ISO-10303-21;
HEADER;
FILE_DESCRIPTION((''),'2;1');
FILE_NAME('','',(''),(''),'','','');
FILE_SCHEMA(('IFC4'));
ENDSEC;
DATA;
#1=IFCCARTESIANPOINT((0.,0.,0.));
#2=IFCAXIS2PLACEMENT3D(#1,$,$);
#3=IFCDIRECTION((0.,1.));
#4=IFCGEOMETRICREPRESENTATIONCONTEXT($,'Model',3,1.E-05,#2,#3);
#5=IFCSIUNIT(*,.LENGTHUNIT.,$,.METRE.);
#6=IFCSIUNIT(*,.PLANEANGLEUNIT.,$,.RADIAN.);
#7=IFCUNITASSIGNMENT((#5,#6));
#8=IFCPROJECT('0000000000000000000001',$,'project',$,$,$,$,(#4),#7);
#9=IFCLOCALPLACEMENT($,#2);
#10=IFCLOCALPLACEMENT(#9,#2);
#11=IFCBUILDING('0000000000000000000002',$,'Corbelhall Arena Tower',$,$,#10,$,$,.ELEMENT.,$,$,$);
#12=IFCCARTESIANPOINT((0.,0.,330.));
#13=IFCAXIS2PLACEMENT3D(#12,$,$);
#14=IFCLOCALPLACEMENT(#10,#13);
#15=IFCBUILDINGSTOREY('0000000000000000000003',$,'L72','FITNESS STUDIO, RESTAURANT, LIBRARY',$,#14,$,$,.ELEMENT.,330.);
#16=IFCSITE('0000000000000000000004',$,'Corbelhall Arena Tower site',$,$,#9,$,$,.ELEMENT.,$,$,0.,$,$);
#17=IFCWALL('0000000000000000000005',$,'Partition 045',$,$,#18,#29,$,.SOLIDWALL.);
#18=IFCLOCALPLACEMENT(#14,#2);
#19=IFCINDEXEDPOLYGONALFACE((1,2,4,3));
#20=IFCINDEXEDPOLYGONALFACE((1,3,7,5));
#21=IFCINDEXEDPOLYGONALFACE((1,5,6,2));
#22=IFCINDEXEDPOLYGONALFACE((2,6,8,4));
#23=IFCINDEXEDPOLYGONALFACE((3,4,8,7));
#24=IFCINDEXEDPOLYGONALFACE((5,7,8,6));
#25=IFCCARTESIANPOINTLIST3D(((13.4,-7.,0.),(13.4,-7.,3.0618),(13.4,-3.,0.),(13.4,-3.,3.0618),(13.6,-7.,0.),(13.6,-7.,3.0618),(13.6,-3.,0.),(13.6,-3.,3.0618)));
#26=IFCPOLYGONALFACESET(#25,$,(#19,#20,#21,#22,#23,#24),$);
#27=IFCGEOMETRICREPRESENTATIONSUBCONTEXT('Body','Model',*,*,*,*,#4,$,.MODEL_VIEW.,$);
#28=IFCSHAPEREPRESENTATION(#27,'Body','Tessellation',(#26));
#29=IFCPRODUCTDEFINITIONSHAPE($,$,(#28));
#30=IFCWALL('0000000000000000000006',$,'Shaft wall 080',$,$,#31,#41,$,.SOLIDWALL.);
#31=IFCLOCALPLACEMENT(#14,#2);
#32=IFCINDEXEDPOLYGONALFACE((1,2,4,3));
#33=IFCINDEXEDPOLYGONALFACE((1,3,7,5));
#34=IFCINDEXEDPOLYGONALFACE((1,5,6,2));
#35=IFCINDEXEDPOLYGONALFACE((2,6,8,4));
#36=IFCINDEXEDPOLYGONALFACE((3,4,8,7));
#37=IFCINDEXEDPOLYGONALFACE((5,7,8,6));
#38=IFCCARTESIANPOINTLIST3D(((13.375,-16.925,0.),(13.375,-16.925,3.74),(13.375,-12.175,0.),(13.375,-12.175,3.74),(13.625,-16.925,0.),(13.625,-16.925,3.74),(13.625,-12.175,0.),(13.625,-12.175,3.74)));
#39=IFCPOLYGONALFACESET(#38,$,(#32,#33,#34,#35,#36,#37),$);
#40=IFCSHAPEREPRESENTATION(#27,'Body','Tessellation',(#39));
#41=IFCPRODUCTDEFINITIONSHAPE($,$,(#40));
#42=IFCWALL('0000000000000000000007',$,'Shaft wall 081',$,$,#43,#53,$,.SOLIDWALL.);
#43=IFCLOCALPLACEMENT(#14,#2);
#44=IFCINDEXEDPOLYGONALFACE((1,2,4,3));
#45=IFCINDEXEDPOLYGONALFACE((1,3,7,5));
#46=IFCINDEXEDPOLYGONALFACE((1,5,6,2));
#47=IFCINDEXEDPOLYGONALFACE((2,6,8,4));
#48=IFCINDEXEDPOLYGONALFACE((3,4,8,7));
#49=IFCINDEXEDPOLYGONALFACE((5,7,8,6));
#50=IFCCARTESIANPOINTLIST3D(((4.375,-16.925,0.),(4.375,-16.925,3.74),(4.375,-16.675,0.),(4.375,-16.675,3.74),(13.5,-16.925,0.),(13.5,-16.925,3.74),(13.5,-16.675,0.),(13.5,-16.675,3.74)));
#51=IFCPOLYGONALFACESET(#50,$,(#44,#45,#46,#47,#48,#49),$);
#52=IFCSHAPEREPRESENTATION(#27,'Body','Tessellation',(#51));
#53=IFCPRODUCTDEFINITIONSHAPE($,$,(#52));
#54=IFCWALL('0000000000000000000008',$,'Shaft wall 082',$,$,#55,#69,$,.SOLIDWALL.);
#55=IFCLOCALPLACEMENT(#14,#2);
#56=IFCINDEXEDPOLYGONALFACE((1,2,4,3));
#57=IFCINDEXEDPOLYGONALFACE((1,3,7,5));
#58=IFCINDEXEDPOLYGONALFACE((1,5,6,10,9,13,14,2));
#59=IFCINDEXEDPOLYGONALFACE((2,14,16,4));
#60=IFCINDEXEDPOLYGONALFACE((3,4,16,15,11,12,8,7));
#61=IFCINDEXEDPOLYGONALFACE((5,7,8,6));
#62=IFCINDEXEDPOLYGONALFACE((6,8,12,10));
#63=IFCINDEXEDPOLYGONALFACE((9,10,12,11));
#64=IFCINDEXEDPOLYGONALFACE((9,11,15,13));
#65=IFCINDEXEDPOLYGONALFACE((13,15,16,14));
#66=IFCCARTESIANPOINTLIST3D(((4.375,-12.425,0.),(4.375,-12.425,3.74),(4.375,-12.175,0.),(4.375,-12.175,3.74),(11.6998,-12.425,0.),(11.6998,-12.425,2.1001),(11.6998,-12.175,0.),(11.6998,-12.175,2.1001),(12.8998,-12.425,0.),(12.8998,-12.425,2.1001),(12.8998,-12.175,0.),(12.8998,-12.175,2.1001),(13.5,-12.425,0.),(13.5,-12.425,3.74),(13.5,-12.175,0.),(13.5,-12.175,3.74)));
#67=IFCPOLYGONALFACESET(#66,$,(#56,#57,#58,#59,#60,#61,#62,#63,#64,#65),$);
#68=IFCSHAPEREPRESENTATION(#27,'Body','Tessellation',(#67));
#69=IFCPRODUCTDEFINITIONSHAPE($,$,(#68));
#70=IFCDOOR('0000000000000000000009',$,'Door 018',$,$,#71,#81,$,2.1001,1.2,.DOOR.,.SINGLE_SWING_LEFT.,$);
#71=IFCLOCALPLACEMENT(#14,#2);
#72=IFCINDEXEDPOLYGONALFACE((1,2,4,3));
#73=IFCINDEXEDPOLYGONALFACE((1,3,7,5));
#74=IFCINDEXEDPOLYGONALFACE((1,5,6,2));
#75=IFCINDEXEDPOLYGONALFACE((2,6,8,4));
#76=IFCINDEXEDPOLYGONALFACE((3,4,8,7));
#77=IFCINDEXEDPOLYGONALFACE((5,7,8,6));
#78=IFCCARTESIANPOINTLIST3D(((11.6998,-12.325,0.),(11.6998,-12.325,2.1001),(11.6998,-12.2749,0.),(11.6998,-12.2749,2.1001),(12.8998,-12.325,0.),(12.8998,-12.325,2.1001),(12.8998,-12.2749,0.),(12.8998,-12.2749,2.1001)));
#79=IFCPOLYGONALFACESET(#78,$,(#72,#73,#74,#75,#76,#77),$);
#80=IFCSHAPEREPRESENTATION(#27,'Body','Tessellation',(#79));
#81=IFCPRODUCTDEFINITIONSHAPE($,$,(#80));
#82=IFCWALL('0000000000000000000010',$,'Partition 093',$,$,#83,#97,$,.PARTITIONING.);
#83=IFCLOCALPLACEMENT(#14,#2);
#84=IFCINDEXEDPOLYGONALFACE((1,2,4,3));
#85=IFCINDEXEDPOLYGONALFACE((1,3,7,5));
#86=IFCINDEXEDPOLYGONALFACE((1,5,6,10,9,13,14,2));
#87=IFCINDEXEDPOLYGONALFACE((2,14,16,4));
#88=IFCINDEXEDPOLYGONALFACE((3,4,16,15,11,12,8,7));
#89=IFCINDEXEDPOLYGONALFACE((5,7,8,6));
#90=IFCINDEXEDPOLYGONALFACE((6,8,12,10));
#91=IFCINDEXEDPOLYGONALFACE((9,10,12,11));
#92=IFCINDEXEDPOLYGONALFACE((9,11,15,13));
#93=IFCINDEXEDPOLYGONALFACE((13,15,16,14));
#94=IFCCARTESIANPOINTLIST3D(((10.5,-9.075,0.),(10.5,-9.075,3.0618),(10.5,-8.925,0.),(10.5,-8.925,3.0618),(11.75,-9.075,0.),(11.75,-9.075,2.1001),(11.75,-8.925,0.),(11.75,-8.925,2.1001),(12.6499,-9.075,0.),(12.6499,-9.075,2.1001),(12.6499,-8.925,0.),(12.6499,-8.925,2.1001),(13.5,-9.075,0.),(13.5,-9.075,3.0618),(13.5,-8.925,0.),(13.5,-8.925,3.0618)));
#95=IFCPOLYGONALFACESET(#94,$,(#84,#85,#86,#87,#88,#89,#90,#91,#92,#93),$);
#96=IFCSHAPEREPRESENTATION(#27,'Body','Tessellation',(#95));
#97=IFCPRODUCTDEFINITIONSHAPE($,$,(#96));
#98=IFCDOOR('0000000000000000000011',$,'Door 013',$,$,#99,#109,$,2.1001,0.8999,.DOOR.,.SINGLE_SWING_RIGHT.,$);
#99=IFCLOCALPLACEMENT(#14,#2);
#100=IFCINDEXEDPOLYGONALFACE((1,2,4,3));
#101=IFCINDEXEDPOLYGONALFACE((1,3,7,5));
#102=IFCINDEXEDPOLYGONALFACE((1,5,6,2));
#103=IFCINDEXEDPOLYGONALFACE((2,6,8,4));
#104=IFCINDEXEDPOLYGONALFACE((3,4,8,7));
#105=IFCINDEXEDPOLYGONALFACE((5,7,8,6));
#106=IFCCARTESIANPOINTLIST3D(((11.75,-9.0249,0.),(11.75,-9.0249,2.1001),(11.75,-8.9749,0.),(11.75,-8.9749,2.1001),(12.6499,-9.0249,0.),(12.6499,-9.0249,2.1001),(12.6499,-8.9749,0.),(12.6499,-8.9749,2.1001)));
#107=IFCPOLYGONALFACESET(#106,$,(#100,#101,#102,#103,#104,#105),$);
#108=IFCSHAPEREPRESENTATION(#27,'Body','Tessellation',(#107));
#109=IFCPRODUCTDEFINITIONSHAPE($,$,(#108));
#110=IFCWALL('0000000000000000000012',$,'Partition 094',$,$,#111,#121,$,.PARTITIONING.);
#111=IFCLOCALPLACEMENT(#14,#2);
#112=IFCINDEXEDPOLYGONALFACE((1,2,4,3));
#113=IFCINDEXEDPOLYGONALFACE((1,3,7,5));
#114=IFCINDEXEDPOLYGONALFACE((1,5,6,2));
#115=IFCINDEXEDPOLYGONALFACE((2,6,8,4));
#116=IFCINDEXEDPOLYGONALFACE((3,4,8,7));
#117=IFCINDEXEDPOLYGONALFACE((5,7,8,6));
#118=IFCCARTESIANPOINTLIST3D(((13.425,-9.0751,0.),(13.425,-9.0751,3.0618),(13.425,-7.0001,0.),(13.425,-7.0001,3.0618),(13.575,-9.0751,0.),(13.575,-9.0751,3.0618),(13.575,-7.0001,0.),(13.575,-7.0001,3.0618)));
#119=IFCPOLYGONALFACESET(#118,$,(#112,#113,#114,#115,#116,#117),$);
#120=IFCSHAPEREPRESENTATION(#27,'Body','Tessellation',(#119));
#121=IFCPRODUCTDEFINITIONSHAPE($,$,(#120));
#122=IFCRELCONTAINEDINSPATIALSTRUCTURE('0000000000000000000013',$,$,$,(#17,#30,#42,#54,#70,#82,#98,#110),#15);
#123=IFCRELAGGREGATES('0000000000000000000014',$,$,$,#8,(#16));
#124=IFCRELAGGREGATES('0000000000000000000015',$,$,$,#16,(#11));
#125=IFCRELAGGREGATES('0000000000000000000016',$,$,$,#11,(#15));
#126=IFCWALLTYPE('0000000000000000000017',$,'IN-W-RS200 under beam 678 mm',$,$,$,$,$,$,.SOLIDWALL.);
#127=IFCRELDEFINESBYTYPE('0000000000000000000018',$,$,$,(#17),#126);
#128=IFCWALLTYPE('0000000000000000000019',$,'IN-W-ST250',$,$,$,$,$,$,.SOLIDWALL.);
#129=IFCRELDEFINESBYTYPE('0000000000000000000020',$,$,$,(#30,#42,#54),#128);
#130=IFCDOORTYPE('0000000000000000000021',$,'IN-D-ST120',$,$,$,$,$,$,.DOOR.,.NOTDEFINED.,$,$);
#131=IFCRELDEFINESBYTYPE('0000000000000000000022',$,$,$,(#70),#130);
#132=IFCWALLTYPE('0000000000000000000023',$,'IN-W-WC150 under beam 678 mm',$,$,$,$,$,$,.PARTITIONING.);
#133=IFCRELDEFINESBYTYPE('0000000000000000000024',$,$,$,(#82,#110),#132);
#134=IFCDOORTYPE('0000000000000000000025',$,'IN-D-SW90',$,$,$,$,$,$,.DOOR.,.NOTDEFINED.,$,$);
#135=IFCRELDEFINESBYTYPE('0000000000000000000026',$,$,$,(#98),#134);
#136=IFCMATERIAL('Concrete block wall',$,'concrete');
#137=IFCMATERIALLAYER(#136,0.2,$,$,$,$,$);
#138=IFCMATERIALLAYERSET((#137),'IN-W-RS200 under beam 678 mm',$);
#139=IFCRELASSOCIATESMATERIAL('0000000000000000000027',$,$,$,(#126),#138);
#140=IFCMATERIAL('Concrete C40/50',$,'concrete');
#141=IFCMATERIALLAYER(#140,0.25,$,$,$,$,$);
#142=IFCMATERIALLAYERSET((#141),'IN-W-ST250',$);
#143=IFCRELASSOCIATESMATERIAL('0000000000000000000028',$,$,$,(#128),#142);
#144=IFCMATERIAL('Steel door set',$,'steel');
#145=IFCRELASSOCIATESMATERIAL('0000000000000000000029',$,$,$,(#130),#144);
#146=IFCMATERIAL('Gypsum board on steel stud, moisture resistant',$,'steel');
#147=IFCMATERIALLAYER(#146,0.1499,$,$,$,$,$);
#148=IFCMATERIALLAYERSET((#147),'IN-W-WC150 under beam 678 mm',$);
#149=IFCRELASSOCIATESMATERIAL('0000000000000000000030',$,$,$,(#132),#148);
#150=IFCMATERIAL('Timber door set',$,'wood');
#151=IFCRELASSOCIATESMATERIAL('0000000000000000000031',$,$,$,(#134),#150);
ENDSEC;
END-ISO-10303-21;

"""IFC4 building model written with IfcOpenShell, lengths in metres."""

from ifc_helpers import new_model, si_unit, direction, frame, frame_2d, origin, place, context, subcontext, project, spatial, rectangle, extrude, material, layer, layer_set, type_object, element, fill, save


model = new_model("IFC4")

# Units and contexts
model_context = context("Model", 3, precision=1e-05, world=origin(), true_north=direction((0.0, 1.0)))
body_context = subcontext(model_context, "Body", "Model", "MODEL_VIEW")
ifc_project = project(units=[si_unit("LENGTHUNIT", "METRE"), si_unit("PLANEANGLEUNIT", "RADIAN")], contexts=[model_context])

# Site, building, storey
site_placement = place(None, origin())
site = spatial("IfcSite", under=ifc_project, at=site_placement, Name="Corbelhall Arena Tower site", CompositionType="ELEMENT", RefElevation=0.0)
building_placement = place(site_placement, origin())
building = spatial("IfcBuilding", under=site, at=building_placement, Name="Corbelhall Arena Tower", CompositionType="ELEMENT")
storey_placement = place(building_placement, frame((0.0, 0.0, 330.0)))
storey = spatial("IfcBuildingStorey", under=building, at=storey_placement, Name="L72", Description="FITNESS STUDIO, RESTAURANT, LIBRARY", CompositionType="ELEMENT", Elevation=330.0)

# Shared definitions
ifc_material_1 = material(Name="Steel door set", Category="steel")

# Walls
ifc_material_2 = material(Name="Concrete block wall", Category="concrete")
ifc_layer_1 = layer(ifc_material_2, 0.2)
ifc_layer_set_1 = layer_set([ifc_layer_1], Name="IN-W-RS200 under beam 678 mm")
wall_type_1 = type_object("IfcWallType", Name="IN-W-RS200 under beam 678 mm", PredefinedType="SOLIDWALL", material=ifc_layer_set_1)
wall_1_placement = place(storey_placement, frame((13.5, -3.0, 0.0), z_axis=(0.0, 0.0, 1.0), x_axis=(0.0, -1.0, 0.0)))
element("IfcWall", 1, at=wall_1_placement, inside=storey, type_object=wall_type_1, Name="Partition 045", PredefinedType="SOLIDWALL", context=body_context, shape_type="SweptSolid", body=[
    extrude(rectangle(XDim=4.0, YDim=0.2, at=frame_2d((2.0, 0.0))), origin(), (0.0, 0.0, 1.0), 3.0618),
])
ifc_material_3 = material(Name="Concrete C40/50", Category="concrete")
ifc_layer_2 = layer(ifc_material_3, 0.25)
ifc_layer_set_2 = layer_set([ifc_layer_2], Name="IN-W-ST250")
wall_type_2 = type_object("IfcWallType", Name="IN-W-ST250", PredefinedType="SOLIDWALL", material=ifc_layer_set_2)
wall_2_placement = place(storey_placement, frame((13.5, -16.925, 0.0), z_axis=(0.0, 0.0, 1.0), x_axis=(0.0, 1.0, 0.0)))
element("IfcWall", 2, at=wall_2_placement, inside=storey, type_object=wall_type_2, Name="Shaft wall 080", PredefinedType="SOLIDWALL", context=body_context, shape_type="SweptSolid", body=[
    extrude(rectangle(XDim=4.75, YDim=0.25, at=frame_2d((2.375, 0.0))), origin(), (0.0, 0.0, 1.0), 3.74),
])
wall_3_placement = place(storey_placement, frame((13.5, -16.8, 0.0), z_axis=(0.0, 0.0, 1.0), x_axis=(-1.0, 0.0, 0.0)))
element("IfcWall", 3, at=wall_3_placement, inside=storey, type_object=wall_type_2, Name="Shaft wall 081", PredefinedType="SOLIDWALL", context=body_context, shape_type="SweptSolid", body=[
    extrude(rectangle(XDim=9.125, YDim=0.25, at=frame_2d((4.5625, 0.0))), origin(), (0.0, 0.0, 1.0), 3.74),
])

# Walls, openings, doors
wall_4_placement = place(storey_placement, frame((13.5, -12.3, 0.0), z_axis=(0.0, 0.0, 1.0), x_axis=(-1.0, 0.0, 0.0)))
wall_4 = element("IfcWall", 4, at=wall_4_placement, inside=storey, type_object=wall_type_2, Name="Shaft wall 082", PredefinedType="SOLIDWALL", context=body_context, shape_type="SweptSolid", body=[
    extrude(rectangle(XDim=9.125, YDim=0.25, at=frame_2d((4.5625, 0.0))), origin(), (0.0, 0.0, 1.0), 3.74),
])
opening_1_placement = place(wall_4_placement, frame((0.6001, 0.0, 0.0)))
opening_1 = element("IfcOpeningElement", 5, at=opening_1_placement, cuts=wall_4, PredefinedType="OPENING", context=body_context, shape_type="SweptSolid", body=[
    extrude(rectangle(XDim=1.2, YDim=2.1001, at=frame_2d((0.6001, 1.05))), frame((0.0, 0.125, 0.0), z_axis=(0.0, -1.0, 0.0), x_axis=(1.0, 0.0, 0.0)), (0.0, 0.0, 1.0), 0.25),
])
door_type_1 = type_object("IfcDoorType", Name="IN-D-ST120", OperationType="NOTDEFINED", PredefinedType="DOOR", material=ifc_material_1)
door_1_placement = place(opening_1_placement, origin())
door_1 = element("IfcDoor", 6, at=door_1_placement, inside=storey, type_object=door_type_1, Name="Door 018", OperationType="SINGLE_SWING_LEFT", OverallHeight=2.1001, OverallWidth=1.2, PredefinedType="DOOR", context=body_context, shape_type="SweptSolid", body=[
    extrude(rectangle(XDim=1.2, YDim=2.1001, at=frame_2d((0.6001, 1.05))), frame((0.0, 0.0249, 0.0), z_axis=(0.0, -1.0, 0.0), x_axis=(1.0, 0.0, 0.0)), (0.0, 0.0, 1.0), 0.05),
])
fill(opening_1, door_1)
ifc_material_4 = material(Name="Gypsum board on steel stud, moisture resistant", Category="steel")
ifc_layer_3 = layer(ifc_material_4, 0.1499)
ifc_layer_set_3 = layer_set([ifc_layer_3], Name="IN-W-WC150 under beam 678 mm")
wall_type_3 = type_object("IfcWallType", Name="IN-W-WC150 under beam 678 mm", PredefinedType="PARTITIONING", material=ifc_layer_set_3)
wall_5_placement = place(storey_placement, frame((13.5, -9.0, 0.0), z_axis=(0.0, 0.0, 1.0), x_axis=(-1.0, 0.0, 0.0)))
wall_5 = element("IfcWall", 7, at=wall_5_placement, inside=storey, type_object=wall_type_3, Name="Partition 093", PredefinedType="PARTITIONING", context=body_context, shape_type="SweptSolid", body=[
    extrude(rectangle(XDim=3.0, YDim=0.1499, at=frame_2d((1.5, 0.0))), origin(), (0.0, 0.0, 1.0), 3.0618),
])
opening_2_placement = place(wall_5_placement, frame((0.8501, 0.0, 0.0)))
opening_2 = element("IfcOpeningElement", 8, at=opening_2_placement, cuts=wall_5, PredefinedType="OPENING", context=body_context, shape_type="SweptSolid", body=[
    extrude(rectangle(XDim=0.8999, YDim=2.1001, at=frame_2d((0.45, 1.05))), frame((0.0, 0.075, 0.0), z_axis=(0.0, -1.0, 0.0), x_axis=(1.0, 0.0, 0.0)), (0.0, 0.0, 1.0), 0.1499),
])
ifc_material_5 = material(Name="Timber door set", Category="wood")
door_type_2 = type_object("IfcDoorType", Name="IN-D-SW90", OperationType="NOTDEFINED", PredefinedType="DOOR", material=ifc_material_5)
door_2_placement = place(opening_2_placement, origin())
door_2 = element("IfcDoor", 9, at=door_2_placement, inside=storey, type_object=door_type_2, Name="Door 013", OperationType="SINGLE_SWING_RIGHT", OverallHeight=2.1001, OverallWidth=0.8999, PredefinedType="DOOR", context=body_context, shape_type="SweptSolid", body=[
    extrude(rectangle(XDim=0.8999, YDim=2.1001, at=frame_2d((0.45, 1.05))), frame((0.0, 0.0249, 0.0), z_axis=(0.0, -1.0, 0.0), x_axis=(1.0, 0.0, 0.0)), (0.0, 0.0, 1.0), 0.05),
])
fill(opening_2, door_2)

# Wall
wall_6_placement = place(storey_placement, frame((13.5, -7.0, 0.0), z_axis=(0.0, 0.0, 1.0), x_axis=(0.0, -1.0, 0.0)))
element("IfcWall", 10, at=wall_6_placement, inside=storey, type_object=wall_type_3, Name="Partition 094", PredefinedType="PARTITIONING", context=body_context, shape_type="SweptSolid", body=[
    extrude(rectangle(XDim=2.075, YDim=0.1499, at=frame_2d((1.0376, 0.0))), origin(), (0.0, 0.0, 1.0), 3.0618),
])

save(model, "model.ifc")
